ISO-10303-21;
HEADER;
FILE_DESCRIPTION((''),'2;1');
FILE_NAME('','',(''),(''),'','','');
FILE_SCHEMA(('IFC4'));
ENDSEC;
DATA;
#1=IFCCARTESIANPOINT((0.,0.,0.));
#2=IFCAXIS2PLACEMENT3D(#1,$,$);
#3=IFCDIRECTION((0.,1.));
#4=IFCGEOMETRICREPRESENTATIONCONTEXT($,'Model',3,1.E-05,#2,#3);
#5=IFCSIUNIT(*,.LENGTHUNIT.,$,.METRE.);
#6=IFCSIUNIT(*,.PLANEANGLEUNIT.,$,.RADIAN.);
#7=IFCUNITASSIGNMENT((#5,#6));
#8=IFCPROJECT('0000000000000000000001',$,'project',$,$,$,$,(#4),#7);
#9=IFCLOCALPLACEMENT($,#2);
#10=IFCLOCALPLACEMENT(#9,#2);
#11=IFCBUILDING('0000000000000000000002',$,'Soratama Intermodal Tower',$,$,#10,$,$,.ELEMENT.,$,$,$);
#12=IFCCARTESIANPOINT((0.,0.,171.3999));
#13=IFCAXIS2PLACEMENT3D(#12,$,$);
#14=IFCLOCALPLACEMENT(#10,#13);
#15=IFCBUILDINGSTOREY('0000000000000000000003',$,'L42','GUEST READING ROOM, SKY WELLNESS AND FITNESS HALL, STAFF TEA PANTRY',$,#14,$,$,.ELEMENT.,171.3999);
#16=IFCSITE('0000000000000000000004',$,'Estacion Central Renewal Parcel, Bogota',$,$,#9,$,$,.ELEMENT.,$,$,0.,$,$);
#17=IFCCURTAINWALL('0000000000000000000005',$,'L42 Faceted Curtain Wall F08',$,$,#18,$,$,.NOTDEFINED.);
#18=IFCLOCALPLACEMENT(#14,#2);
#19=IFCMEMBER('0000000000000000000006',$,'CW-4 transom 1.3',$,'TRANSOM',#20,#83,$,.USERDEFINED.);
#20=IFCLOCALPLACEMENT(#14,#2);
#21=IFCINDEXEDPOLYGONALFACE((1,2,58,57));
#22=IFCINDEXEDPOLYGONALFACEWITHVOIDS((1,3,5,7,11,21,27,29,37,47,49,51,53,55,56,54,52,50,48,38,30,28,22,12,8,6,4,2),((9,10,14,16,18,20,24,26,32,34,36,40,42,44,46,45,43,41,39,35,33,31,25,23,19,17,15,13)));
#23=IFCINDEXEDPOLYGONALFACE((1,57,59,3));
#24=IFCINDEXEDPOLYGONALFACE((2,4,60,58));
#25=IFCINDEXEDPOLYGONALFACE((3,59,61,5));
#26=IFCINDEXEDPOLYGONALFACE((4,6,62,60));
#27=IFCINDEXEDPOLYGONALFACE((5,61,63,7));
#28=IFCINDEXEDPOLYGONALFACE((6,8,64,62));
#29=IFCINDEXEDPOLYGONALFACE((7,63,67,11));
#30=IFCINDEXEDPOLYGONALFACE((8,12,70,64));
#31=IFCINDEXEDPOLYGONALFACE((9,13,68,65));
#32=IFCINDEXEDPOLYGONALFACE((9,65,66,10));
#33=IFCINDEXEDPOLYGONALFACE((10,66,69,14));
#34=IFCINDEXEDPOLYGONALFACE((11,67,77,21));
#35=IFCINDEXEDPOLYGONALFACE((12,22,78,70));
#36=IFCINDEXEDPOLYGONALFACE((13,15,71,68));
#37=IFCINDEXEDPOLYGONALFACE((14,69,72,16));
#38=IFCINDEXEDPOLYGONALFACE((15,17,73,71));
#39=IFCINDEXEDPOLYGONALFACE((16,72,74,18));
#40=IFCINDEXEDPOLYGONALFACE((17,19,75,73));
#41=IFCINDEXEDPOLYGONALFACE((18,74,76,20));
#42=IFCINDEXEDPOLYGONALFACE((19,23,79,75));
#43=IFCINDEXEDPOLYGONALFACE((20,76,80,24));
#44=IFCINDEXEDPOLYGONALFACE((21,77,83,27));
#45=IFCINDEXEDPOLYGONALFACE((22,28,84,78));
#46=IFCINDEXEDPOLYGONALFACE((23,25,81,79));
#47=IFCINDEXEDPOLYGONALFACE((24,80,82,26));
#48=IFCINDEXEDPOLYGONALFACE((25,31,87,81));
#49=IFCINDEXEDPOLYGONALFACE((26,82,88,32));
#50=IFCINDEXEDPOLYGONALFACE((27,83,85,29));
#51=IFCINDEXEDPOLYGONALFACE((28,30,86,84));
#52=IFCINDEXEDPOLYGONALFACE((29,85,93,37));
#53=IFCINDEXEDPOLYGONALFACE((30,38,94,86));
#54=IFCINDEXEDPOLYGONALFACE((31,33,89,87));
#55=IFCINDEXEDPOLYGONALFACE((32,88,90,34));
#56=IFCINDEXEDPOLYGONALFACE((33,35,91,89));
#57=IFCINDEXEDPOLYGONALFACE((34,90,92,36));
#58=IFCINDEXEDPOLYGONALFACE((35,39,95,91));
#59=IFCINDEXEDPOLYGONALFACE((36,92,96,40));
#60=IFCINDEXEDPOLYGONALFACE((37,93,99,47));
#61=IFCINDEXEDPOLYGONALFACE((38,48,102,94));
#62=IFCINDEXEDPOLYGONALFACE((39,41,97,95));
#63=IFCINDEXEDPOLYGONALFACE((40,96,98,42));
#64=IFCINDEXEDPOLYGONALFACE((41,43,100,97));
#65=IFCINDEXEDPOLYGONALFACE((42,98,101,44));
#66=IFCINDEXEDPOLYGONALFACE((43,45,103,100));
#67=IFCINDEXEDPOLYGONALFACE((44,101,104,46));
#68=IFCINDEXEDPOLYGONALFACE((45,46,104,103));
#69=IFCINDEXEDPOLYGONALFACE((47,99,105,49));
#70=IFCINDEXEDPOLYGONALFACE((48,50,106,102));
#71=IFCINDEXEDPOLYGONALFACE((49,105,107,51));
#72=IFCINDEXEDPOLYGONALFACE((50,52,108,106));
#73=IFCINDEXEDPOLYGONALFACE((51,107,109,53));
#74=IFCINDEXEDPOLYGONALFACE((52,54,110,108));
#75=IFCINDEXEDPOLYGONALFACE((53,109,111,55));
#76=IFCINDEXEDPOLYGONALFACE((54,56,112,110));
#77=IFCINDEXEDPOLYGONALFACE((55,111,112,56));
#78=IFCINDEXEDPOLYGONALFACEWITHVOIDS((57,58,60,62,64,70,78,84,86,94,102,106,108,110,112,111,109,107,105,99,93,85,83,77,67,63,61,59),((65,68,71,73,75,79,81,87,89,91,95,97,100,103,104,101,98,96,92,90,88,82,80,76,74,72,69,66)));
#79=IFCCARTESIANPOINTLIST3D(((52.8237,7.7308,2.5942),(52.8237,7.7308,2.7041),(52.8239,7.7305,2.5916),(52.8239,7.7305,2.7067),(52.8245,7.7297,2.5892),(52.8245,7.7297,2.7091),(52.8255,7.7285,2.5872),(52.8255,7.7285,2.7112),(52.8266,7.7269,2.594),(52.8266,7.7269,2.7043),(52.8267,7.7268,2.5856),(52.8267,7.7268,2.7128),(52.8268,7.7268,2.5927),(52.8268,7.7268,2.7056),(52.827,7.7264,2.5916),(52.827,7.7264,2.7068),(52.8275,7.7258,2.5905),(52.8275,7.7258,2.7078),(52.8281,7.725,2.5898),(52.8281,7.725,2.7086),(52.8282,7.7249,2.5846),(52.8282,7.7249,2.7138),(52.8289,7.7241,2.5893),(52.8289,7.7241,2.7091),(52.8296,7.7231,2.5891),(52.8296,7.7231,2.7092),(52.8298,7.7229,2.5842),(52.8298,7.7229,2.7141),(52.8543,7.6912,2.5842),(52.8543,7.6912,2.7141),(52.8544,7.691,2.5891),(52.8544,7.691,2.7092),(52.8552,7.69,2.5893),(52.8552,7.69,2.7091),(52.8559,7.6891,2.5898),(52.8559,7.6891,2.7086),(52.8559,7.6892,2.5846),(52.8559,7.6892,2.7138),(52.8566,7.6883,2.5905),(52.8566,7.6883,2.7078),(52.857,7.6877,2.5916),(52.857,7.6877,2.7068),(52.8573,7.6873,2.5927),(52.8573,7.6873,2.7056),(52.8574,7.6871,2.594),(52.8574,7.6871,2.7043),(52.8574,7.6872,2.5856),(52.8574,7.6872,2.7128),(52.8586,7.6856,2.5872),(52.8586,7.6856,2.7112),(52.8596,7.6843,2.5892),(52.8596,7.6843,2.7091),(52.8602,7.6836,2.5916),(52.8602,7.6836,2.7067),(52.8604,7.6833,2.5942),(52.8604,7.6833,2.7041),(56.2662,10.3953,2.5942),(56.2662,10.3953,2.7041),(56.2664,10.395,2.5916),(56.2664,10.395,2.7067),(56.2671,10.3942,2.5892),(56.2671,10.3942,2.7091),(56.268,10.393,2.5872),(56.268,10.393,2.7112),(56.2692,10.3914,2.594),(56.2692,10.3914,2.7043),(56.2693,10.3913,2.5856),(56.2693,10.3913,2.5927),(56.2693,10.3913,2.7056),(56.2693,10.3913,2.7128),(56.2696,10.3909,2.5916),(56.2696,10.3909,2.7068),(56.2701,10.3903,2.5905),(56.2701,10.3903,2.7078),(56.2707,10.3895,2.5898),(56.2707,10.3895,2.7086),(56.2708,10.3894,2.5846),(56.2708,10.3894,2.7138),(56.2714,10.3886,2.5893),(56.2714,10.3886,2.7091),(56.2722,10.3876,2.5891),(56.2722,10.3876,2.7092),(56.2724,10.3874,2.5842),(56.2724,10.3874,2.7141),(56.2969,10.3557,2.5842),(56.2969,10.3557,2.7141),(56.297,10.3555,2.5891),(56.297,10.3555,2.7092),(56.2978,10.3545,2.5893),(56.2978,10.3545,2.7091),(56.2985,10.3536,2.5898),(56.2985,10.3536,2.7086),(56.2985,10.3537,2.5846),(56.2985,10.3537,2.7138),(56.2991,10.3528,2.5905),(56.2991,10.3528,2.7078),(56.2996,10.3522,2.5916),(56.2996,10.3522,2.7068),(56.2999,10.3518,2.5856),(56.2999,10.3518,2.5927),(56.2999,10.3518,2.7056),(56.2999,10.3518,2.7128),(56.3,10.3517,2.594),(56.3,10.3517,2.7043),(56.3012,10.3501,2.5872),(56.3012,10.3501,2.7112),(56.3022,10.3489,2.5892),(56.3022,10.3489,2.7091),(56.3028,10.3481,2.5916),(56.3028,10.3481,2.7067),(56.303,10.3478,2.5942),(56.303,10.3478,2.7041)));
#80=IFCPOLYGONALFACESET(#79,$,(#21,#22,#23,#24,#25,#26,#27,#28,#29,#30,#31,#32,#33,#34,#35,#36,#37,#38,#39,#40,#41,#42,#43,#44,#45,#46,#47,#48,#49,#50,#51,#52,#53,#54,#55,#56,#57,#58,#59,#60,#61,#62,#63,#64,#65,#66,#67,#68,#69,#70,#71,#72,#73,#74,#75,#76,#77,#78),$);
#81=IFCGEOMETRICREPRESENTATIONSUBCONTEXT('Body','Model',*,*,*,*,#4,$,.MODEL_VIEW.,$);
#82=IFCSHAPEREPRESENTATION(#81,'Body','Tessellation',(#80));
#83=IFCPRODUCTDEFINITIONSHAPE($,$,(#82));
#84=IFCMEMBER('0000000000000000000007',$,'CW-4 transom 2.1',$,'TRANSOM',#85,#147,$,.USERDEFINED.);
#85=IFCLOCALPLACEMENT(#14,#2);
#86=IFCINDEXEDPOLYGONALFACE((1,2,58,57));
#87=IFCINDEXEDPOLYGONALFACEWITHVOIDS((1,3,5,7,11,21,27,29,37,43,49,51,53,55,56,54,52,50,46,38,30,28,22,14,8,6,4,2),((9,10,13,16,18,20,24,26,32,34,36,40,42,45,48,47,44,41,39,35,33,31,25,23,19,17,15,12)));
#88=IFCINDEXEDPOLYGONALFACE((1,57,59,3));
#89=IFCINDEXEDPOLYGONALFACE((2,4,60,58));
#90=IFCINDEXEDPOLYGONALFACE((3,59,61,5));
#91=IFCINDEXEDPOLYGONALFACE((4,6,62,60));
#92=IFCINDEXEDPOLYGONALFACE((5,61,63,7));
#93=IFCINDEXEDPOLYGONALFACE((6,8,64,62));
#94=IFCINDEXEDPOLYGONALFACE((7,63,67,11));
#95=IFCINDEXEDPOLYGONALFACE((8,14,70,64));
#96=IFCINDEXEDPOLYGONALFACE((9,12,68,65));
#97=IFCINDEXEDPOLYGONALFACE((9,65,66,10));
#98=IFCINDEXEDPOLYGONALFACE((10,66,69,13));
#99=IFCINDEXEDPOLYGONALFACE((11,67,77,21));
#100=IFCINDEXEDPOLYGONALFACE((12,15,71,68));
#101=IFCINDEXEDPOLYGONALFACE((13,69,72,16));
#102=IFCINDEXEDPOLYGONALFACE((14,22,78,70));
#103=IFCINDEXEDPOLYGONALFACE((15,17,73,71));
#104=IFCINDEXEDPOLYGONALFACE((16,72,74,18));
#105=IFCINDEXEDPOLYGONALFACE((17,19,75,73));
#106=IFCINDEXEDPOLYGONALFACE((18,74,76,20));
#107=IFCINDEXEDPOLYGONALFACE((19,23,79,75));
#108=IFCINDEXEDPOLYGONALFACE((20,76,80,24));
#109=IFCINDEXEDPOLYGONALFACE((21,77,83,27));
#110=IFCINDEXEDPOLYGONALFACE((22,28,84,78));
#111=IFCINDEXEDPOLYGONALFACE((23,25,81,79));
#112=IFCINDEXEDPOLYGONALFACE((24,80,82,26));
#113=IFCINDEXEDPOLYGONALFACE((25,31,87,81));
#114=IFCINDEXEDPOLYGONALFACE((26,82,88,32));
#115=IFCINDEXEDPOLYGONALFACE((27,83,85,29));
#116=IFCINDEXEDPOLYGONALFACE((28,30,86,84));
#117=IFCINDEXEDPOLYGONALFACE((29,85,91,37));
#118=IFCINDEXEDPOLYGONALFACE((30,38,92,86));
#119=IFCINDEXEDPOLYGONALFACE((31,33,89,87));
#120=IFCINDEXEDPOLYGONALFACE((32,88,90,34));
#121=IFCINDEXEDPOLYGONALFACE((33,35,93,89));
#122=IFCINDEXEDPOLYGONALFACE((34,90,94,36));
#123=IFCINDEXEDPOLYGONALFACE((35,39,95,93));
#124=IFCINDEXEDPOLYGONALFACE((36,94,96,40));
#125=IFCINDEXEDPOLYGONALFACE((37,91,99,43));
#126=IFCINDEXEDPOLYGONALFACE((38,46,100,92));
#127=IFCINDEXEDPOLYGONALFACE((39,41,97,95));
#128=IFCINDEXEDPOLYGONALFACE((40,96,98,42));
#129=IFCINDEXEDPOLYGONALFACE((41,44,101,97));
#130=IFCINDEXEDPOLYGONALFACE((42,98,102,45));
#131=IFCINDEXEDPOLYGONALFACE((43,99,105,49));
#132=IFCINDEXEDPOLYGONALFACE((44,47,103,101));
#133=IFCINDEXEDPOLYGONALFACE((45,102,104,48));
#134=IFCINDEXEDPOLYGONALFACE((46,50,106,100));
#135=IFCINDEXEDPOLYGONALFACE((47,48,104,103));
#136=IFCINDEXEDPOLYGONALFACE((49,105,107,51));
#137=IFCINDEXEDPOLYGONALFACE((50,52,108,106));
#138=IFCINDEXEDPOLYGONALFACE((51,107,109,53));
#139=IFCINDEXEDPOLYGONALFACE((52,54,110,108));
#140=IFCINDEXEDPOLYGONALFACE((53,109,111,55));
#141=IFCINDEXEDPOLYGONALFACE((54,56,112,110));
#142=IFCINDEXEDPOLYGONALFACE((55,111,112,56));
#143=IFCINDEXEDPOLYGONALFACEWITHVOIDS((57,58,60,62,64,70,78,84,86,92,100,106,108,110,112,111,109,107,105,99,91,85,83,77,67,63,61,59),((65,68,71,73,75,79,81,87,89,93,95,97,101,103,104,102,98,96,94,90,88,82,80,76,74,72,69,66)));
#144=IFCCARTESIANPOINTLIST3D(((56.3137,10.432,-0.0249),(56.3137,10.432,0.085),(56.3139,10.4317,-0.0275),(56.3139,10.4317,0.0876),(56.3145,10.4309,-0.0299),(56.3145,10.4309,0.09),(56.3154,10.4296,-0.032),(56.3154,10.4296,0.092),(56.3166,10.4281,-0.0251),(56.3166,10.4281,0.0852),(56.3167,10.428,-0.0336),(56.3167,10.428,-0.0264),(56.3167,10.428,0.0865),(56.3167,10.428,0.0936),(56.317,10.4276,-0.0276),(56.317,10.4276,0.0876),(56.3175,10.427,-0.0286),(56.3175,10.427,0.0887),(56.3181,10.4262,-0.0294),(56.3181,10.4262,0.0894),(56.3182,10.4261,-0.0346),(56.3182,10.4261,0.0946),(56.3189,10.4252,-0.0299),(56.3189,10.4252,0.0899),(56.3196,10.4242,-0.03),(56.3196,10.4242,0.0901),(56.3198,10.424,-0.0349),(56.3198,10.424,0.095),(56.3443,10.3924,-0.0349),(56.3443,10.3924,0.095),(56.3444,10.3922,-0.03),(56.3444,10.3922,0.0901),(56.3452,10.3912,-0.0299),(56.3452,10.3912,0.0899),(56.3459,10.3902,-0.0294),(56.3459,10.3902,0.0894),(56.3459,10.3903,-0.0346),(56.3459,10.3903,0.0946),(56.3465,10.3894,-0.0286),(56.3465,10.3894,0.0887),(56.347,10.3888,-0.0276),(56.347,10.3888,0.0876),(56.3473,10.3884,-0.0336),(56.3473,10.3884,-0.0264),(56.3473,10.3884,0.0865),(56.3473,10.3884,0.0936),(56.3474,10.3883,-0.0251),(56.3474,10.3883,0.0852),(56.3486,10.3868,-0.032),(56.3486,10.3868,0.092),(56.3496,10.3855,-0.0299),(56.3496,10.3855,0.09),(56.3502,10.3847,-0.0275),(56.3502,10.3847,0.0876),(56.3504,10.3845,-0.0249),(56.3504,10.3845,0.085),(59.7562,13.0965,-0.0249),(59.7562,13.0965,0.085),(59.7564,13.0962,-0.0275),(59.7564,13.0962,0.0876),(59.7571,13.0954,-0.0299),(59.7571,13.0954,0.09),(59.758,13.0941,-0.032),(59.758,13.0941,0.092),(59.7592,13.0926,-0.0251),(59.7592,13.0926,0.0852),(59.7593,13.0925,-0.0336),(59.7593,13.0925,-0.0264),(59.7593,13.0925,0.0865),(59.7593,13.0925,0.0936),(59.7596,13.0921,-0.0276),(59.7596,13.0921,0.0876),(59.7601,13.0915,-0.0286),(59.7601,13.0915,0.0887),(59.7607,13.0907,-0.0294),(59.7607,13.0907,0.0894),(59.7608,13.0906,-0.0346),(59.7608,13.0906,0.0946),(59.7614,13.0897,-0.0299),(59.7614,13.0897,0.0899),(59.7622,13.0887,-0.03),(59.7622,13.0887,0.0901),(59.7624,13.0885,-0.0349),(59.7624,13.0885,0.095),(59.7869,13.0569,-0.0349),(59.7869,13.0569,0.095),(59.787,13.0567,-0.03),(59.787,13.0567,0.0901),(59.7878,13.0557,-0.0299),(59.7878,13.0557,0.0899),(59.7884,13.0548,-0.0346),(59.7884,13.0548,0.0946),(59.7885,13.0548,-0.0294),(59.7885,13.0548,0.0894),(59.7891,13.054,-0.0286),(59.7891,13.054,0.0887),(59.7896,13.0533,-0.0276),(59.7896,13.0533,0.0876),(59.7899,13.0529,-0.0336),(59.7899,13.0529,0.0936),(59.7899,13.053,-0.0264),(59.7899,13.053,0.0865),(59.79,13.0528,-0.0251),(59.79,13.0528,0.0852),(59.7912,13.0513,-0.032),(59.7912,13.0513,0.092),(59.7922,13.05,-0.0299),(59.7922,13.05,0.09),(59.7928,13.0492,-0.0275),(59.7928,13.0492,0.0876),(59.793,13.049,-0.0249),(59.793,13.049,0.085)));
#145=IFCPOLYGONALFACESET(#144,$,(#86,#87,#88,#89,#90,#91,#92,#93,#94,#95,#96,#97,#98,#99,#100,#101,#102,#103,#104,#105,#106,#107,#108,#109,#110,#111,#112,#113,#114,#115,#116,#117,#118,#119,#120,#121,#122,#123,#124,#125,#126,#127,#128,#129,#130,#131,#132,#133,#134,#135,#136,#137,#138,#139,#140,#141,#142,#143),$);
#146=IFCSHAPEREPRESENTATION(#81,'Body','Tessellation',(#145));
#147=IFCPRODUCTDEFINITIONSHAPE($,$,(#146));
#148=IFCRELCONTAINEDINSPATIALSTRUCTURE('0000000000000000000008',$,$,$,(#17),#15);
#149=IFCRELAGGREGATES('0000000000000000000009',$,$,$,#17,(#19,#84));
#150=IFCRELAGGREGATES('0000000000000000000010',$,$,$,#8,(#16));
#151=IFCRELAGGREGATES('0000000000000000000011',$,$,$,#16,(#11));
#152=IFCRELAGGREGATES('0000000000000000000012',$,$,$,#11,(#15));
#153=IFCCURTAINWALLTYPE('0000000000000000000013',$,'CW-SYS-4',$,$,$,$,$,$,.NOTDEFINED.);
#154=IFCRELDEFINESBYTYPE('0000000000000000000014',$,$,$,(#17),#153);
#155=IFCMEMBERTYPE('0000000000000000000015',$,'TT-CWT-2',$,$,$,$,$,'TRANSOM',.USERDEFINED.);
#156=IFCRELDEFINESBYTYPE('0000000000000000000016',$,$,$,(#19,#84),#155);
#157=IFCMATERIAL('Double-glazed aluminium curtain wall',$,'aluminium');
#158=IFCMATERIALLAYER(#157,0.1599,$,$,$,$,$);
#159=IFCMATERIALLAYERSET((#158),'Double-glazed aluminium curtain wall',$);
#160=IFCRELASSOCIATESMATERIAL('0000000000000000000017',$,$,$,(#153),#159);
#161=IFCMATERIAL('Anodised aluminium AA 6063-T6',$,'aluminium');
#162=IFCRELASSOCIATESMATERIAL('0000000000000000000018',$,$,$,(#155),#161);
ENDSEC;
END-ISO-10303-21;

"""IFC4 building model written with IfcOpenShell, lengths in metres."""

from ifc_helpers import new_model, si_unit, direction, frame, origin, origin_2d, place, context, subcontext, project, spatial, hollow_rectangle, extrude, material, layer, layer_set, material_profile, profile_set, type_object, element, aggregate, save


model = new_model("IFC4")

# Units and contexts
model_context = context("Model", 3, precision=1e-05, world=origin(), true_north=direction((0.0, 1.0)))
body_context = subcontext(model_context, "Body", "Model", "MODEL_VIEW")
ifc_project = project(units=[si_unit("LENGTHUNIT", "METRE"), si_unit("PLANEANGLEUNIT", "RADIAN")], contexts=[model_context])

# Site, building, storey
site_placement = place(None, origin())
site = spatial("IfcSite", under=ifc_project, at=site_placement, Name="Estacion Central Renewal Parcel, Bogota", CompositionType="ELEMENT", RefElevation=0.0)
building_placement = place(site_placement, origin())
building = spatial("IfcBuilding", under=site, at=building_placement, Name="Soratama Intermodal Tower", CompositionType="ELEMENT")
storey_placement = place(building_placement, frame((0.0, 0.0, 171.3999)))
storey = spatial("IfcBuildingStorey", under=building, at=storey_placement, Name="L42", Description="GUEST READING ROOM, SKY WELLNESS AND FITNESS HALL, STAFF TEA PANTRY", CompositionType="ELEMENT", Elevation=171.3999)

# Curtain wall, members
ifc_material_1 = material(Name="Double-glazed aluminium curtain wall", Category="aluminium")
ifc_layer_1 = layer(ifc_material_1, 0.1599)
ifc_layer_set_1 = layer_set([ifc_layer_1], Name="Double-glazed aluminium curtain wall")
curtain_wall_type = type_object("IfcCurtainWallType", Name="CW-SYS-4", PredefinedType="NOTDEFINED", material=ifc_layer_set_1)
curtain_wall_placement = place(storey_placement, origin())
curtain_wall = element("IfcCurtainWall", 1, at=curtain_wall_placement, inside=storey, type_object=curtain_wall_type, Name="L42 Faceted Curtain Wall F08", PredefinedType="NOTDEFINED")
ifc_material_2 = material(Name="Anodised aluminium AA 6063-T6", Category="aluminium")
ifc_material_profile_1 = material_profile(ifc_material_2, hollow_rectangle(XDim=0.0601, YDim=0.1299, WallThickness=0.0049, InnerFilletRadius=0.0049, OuterFilletRadius=0.01, at=origin_2d()), Name="CWT130X60X5")
ifc_profile_set_1 = profile_set([ifc_material_profile_1], Name="Anodised aluminium AA 6063-T6")
member_type_1 = type_object("IfcMemberType", Name="TT-CWT-2", ElementType="TRANSOM", PredefinedType="USERDEFINED", material=ifc_profile_set_1)
member_1_placement = place(storey_placement, frame((52.842, 7.707, 2.6492), z_axis=(0.790803, 0.612071, 0.0), x_axis=(-0.612071, 0.790803, 0.0)))
member_1 = element("IfcMember", 2, at=member_1_placement, type_object=member_type_1, Name="CW-4 transom 1.3", ObjectType="TRANSOM", PredefinedType="USERDEFINED", context=body_context, shape_type="SweptSolid", body=[
    extrude(hollow_rectangle(XDim=0.0601, YDim=0.1299, WallThickness=0.0049, InnerFilletRadius=0.0049, OuterFilletRadius=0.01, at=origin_2d()), origin(), (0.0, 0.0, 1.0), 4.3533),
])
member_2_placement = place(storey_placement, frame((56.332, 10.4082, 0.03), z_axis=(0.790803, 0.612071, 0.0), x_axis=(-0.612071, 0.790803, 0.0)))
member_2 = element("IfcMember", 3, at=member_2_placement, type_object=member_type_1, Name="CW-4 transom 2.1", ObjectType="TRANSOM", PredefinedType="USERDEFINED", context=body_context, shape_type="SweptSolid", body=[
    extrude(hollow_rectangle(XDim=0.0601, YDim=0.1299, WallThickness=0.0049, InnerFilletRadius=0.0049, OuterFilletRadius=0.01, at=origin_2d()), origin(), (0.0, 0.0, 1.0), 4.3533),
])
aggregate(curtain_wall, [member_1, member_2])

save(model, "model.ifc")
